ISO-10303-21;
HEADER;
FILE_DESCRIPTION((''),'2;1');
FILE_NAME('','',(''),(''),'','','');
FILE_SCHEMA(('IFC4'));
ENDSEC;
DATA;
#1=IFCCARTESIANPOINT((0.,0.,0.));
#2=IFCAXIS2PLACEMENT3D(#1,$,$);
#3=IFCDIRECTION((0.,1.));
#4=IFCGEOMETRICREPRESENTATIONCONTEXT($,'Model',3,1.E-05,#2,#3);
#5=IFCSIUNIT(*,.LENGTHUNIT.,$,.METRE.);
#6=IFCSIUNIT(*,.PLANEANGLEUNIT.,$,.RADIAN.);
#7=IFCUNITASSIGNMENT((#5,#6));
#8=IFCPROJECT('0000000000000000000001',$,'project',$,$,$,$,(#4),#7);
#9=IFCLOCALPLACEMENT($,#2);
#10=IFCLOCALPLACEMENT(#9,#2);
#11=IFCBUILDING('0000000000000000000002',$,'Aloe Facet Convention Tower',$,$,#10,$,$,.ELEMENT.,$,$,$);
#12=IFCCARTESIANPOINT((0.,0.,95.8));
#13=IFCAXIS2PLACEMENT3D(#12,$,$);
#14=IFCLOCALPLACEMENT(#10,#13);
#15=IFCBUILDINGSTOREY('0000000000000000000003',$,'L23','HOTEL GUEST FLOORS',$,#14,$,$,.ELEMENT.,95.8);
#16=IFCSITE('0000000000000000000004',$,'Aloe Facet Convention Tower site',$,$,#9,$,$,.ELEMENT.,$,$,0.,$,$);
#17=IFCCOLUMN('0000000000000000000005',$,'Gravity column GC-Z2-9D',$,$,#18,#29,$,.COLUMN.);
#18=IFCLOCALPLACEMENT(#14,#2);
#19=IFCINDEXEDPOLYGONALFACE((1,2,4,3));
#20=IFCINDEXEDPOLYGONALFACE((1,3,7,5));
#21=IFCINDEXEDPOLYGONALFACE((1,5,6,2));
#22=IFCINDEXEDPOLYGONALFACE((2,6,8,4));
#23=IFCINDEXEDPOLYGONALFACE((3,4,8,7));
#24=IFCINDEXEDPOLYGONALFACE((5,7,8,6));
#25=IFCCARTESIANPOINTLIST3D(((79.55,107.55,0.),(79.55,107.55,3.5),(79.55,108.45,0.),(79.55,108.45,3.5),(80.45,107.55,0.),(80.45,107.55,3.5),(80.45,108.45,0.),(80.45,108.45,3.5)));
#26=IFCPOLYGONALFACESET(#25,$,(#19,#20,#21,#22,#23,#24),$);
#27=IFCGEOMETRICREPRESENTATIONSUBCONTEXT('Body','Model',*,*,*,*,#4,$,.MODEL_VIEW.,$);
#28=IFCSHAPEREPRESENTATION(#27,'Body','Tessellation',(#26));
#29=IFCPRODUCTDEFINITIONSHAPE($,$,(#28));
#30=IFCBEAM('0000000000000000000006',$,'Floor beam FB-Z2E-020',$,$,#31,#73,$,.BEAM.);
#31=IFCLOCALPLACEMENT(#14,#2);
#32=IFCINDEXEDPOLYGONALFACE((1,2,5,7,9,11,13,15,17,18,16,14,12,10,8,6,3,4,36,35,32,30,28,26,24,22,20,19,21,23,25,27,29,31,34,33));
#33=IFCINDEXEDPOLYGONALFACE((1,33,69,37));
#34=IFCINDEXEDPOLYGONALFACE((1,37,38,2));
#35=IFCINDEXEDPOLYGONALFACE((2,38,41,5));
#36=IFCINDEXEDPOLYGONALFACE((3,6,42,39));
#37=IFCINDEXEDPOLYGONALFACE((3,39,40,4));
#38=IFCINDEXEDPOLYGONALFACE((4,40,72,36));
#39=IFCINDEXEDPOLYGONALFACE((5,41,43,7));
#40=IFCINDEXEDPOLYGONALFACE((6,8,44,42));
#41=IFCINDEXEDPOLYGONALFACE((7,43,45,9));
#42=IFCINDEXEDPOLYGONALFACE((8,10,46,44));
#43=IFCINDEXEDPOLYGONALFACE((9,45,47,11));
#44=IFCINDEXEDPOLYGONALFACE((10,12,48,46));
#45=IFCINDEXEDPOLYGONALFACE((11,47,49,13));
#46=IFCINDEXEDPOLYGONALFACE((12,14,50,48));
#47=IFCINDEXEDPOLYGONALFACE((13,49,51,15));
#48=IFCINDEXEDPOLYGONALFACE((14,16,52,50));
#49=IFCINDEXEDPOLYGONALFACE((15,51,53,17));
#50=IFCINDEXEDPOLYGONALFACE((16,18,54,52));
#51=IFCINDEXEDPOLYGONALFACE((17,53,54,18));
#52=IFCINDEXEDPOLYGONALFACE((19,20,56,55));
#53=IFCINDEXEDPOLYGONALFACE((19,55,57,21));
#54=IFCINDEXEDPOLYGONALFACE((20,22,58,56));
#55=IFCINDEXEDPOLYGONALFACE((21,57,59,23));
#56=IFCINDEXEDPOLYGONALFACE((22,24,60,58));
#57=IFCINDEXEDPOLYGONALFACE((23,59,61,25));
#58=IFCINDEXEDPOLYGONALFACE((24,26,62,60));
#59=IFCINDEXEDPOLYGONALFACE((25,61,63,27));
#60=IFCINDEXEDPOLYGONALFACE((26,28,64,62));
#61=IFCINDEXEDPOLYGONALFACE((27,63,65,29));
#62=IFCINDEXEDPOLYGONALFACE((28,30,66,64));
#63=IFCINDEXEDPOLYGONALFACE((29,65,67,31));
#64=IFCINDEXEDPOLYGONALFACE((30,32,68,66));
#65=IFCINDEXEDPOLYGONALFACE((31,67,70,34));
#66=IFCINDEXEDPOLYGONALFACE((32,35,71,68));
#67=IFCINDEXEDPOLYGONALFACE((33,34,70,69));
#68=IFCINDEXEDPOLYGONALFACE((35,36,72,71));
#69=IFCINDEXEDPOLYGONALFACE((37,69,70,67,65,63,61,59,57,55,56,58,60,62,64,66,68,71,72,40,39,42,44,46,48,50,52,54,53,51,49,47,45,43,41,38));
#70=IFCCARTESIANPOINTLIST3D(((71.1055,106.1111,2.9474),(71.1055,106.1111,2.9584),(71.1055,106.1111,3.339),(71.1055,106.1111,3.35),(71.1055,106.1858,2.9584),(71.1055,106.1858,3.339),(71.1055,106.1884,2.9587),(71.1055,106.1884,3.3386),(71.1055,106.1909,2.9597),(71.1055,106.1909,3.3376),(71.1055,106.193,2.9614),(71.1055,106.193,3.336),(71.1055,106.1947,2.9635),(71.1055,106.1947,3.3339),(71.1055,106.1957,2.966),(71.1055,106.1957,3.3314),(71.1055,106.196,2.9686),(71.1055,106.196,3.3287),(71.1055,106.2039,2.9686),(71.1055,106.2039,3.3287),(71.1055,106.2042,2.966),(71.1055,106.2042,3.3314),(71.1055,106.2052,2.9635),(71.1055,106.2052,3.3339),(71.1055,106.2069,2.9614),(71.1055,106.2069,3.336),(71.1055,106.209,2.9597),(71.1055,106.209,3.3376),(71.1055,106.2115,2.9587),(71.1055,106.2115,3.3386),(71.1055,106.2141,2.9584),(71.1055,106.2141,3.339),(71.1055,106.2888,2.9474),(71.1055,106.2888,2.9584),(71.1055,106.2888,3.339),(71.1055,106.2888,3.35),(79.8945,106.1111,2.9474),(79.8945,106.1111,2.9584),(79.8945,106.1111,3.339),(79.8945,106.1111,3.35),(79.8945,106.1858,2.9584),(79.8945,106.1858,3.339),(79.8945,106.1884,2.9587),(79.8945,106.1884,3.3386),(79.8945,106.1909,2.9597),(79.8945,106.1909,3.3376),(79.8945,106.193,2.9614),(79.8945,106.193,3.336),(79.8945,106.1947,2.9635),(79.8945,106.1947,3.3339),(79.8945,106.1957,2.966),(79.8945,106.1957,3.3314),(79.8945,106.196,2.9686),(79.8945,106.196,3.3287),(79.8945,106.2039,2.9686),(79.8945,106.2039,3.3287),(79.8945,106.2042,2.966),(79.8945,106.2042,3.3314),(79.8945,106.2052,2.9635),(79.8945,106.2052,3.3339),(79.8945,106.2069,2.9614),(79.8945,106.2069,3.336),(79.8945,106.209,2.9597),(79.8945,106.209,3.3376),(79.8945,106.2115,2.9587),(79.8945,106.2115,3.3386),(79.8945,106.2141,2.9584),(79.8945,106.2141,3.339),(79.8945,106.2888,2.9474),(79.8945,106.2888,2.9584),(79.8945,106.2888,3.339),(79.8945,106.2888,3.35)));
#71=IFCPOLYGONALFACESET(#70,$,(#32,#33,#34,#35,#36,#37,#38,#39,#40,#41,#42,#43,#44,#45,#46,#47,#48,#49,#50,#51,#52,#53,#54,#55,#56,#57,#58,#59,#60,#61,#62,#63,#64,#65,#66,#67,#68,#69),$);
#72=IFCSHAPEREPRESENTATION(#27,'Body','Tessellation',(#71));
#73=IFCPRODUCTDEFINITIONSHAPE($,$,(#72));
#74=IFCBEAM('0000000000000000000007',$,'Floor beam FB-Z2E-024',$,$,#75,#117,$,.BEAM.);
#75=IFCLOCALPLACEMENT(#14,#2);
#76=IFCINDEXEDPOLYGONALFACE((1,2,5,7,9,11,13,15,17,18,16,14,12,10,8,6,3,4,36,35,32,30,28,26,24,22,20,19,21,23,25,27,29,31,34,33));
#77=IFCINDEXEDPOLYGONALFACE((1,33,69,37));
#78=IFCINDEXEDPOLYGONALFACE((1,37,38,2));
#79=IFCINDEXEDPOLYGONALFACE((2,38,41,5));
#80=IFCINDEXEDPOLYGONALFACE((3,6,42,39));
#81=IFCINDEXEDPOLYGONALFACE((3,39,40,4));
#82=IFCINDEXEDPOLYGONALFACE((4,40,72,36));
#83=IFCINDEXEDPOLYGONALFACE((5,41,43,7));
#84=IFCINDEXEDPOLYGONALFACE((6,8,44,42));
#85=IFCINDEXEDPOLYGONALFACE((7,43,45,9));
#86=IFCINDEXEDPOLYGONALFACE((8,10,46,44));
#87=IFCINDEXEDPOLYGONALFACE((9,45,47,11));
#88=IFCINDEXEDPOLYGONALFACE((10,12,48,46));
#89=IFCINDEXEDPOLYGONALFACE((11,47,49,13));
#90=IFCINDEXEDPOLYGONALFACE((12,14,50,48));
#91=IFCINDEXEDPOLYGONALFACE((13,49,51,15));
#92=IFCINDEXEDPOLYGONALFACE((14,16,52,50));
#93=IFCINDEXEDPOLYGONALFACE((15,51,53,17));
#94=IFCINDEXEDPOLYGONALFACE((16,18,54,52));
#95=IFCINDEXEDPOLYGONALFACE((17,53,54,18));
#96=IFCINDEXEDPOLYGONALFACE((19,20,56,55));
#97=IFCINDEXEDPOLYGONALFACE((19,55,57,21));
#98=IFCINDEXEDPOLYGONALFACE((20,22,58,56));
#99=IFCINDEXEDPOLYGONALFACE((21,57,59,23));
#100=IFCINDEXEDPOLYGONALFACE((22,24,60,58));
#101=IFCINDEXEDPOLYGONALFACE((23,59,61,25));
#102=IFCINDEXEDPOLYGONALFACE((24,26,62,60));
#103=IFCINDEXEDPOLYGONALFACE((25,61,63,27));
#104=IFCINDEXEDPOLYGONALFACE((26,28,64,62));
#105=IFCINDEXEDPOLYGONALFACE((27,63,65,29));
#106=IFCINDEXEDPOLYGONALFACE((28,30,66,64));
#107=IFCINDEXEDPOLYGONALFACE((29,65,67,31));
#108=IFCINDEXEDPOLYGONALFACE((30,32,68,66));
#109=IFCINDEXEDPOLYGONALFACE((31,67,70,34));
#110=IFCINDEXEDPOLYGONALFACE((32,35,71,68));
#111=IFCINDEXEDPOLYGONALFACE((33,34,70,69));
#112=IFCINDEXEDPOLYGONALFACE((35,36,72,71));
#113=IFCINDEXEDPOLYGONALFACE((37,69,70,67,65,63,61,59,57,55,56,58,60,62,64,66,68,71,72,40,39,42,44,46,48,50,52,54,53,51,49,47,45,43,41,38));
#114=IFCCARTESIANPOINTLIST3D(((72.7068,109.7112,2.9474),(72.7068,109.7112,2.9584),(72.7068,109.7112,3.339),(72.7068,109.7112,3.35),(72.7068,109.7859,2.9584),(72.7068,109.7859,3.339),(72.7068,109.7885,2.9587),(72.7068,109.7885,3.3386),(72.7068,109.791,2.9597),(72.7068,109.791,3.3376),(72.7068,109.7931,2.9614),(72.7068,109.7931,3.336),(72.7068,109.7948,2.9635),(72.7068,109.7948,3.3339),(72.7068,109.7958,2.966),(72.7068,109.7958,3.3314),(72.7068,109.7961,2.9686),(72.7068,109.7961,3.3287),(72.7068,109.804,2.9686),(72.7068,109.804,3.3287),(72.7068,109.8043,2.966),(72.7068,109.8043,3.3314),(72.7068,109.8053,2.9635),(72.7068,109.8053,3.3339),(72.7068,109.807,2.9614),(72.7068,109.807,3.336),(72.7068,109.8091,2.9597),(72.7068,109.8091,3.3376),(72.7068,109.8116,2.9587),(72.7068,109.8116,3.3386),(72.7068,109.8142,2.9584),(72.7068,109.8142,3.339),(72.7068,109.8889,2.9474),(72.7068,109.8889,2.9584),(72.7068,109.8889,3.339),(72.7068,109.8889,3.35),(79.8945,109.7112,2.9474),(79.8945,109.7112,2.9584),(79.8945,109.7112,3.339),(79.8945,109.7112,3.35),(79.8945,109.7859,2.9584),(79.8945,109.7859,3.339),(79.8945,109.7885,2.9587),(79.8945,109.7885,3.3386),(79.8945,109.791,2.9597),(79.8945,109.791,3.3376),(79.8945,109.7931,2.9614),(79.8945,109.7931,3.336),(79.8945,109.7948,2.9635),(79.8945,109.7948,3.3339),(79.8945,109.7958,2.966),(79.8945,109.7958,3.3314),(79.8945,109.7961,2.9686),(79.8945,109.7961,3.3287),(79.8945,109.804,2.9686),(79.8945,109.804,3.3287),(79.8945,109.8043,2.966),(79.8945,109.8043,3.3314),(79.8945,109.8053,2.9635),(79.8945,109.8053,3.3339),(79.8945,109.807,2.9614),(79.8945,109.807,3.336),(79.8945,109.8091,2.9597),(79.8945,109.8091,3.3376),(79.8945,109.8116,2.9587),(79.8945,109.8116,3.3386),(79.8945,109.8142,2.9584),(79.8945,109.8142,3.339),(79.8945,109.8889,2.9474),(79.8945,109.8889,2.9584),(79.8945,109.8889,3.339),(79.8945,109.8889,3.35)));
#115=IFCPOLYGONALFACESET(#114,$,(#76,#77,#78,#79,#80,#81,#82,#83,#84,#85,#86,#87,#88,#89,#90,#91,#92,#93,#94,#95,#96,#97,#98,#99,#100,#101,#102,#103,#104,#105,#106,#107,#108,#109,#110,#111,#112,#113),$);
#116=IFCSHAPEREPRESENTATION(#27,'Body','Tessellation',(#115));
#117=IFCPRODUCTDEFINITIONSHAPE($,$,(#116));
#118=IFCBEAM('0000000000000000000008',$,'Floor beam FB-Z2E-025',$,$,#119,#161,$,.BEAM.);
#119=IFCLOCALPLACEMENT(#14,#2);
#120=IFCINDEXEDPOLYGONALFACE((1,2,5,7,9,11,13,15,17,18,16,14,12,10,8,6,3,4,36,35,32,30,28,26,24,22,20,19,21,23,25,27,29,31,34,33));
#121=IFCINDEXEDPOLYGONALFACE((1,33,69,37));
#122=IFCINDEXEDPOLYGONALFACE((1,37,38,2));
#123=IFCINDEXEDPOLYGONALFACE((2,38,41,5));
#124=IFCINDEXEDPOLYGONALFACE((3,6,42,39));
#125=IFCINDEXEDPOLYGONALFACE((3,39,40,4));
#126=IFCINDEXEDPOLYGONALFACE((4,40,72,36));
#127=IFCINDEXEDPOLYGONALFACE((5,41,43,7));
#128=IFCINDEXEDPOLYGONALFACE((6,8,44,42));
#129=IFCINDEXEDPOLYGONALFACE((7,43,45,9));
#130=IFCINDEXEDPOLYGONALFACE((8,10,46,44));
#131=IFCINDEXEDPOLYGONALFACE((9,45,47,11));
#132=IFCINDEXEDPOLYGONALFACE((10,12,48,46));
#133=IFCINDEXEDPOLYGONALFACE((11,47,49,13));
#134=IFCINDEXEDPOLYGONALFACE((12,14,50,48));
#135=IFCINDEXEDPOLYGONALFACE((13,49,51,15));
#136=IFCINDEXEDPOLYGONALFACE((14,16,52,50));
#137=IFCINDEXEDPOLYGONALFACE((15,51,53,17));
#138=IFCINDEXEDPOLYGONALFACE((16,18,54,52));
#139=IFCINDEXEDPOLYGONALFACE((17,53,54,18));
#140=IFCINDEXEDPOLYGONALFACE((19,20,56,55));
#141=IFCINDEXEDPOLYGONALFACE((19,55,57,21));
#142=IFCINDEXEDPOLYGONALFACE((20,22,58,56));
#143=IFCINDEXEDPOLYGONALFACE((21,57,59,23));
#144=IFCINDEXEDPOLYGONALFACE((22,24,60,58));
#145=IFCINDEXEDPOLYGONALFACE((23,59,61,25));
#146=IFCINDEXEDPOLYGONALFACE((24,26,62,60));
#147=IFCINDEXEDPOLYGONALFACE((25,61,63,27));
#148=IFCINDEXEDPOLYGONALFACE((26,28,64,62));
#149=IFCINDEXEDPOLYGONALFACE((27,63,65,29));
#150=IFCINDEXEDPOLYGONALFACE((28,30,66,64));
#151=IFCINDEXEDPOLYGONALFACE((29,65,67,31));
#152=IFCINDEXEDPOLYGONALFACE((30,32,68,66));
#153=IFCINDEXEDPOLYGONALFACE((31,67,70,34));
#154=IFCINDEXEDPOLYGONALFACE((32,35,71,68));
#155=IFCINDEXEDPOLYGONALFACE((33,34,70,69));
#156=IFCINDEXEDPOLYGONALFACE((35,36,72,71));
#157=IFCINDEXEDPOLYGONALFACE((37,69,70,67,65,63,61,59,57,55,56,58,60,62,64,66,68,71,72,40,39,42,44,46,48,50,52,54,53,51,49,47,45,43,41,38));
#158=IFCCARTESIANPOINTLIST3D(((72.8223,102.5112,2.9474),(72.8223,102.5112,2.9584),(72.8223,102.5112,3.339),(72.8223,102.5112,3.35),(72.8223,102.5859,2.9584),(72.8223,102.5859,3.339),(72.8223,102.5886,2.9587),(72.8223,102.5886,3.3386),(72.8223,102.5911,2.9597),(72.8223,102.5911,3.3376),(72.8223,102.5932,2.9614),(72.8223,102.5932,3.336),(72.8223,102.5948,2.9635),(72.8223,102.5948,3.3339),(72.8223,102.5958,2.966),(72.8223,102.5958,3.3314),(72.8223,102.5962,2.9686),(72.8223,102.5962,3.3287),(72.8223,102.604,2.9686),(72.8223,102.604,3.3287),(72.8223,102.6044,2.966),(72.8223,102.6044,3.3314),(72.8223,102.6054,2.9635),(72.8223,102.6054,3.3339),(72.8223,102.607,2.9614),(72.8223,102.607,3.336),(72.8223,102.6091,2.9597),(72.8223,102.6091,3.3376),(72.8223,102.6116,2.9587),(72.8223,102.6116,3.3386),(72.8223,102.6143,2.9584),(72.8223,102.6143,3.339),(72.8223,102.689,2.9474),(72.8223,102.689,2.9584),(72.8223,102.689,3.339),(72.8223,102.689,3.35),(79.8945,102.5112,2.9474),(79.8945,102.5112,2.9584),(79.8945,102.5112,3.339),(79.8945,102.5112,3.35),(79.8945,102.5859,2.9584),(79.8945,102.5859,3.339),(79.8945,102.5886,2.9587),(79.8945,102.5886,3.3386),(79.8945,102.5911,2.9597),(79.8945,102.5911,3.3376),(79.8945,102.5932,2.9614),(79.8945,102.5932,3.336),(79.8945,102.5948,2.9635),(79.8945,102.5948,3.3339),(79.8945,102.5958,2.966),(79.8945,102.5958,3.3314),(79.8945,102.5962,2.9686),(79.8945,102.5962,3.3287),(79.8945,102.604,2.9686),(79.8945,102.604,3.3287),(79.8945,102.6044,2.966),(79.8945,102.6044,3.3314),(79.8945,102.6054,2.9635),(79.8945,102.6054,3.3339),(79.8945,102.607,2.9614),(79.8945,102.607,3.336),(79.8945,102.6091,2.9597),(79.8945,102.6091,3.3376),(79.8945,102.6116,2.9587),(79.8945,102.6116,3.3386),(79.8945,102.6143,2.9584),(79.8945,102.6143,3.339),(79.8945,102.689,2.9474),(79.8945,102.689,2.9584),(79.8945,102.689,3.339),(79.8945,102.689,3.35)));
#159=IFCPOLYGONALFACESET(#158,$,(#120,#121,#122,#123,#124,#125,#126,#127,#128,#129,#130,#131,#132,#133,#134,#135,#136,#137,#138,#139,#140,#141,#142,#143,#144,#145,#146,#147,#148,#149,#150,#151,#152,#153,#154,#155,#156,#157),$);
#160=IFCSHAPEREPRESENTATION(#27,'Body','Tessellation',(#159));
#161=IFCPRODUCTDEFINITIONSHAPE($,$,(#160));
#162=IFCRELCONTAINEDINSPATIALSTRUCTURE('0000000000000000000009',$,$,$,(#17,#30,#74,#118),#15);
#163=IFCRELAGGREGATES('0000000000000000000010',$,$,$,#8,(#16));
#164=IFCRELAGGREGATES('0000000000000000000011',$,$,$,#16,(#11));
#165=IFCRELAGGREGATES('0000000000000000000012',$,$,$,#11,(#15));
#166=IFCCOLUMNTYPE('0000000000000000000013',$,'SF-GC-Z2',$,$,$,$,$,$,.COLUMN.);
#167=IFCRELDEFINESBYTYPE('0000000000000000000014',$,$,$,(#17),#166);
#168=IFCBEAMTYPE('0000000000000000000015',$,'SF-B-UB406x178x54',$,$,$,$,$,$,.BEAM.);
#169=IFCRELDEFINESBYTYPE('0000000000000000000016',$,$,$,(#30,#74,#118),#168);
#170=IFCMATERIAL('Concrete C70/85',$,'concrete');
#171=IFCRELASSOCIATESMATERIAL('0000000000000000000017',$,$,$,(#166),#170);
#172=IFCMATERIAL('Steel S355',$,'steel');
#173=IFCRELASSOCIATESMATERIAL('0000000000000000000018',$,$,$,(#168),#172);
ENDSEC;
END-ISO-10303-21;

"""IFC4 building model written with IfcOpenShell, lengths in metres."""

from ifc_helpers import new_model, si_unit, direction, frame, origin, origin_2d, place, context, subcontext, project, spatial, rectangle, i_section, extrude, material, material_profile, profile_set, type_object, element, save


model = new_model("IFC4")

# Units and contexts
model_context = context("Model", 3, precision=1e-05, world=origin(), true_north=direction((0.0, 1.0)))
body_context = subcontext(model_context, "Body", "Model", "MODEL_VIEW")
ifc_project = project(units=[si_unit("LENGTHUNIT", "METRE"), si_unit("PLANEANGLEUNIT", "RADIAN")], contexts=[model_context])

# Site, building, storey
site_placement = place(None, origin())
site = spatial("IfcSite", under=ifc_project, at=site_placement, Name="Aloe Facet Convention Tower site", CompositionType="ELEMENT", RefElevation=0.0)
building_placement = place(site_placement, origin())
building = spatial("IfcBuilding", under=site, at=building_placement, Name="Aloe Facet Convention Tower", CompositionType="ELEMENT")
storey_placement = place(building_placement, frame((0.0, 0.0, 95.8)))
storey = spatial("IfcBuildingStorey", under=building, at=storey_placement, Name="L23", Description="HOTEL GUEST FLOORS", CompositionType="ELEMENT", Elevation=95.8)

# Column
ifc_material_1 = material(Name="Concrete C70/85", Category="concrete")
ifc_material_profile_1 = material_profile(ifc_material_1, rectangle(XDim=0.8999, YDim=0.8999, at=origin_2d()), Name="SF-GC-Z2")
ifc_profile_set_1 = profile_set([ifc_material_profile_1], Name="Concrete C70/85")
column_type = type_object("IfcColumnType", Name="SF-GC-Z2", PredefinedType="COLUMN", material=ifc_profile_set_1)
column_placement = place(storey_placement, frame((80.0, 108.0, 0.0), z_axis=(0.0, 0.0, 1.0), x_axis=(1.0, 0.0, 0.0)))
element("IfcColumn", 1, at=column_placement, inside=storey, type_object=column_type, Name="Gravity column GC-Z2-9D", PredefinedType="COLUMN", context=body_context, shape_type="SweptSolid", body=[
    extrude(rectangle(XDim=0.8999, YDim=0.8999, at=origin_2d()), origin(), (0.0, 0.0, 1.0), 3.5),
])

# Beams
ifc_material_2 = material(Name="Steel S355", Category="steel")
ifc_material_profile_2 = material_profile(ifc_material_2, i_section(OverallWidth=0.1777, OverallDepth=0.4026, WebThickness=0.0078, FlangeThickness=0.011, FilletRadius=0.0103, at=origin_2d()), Name="UB 406x178x54")
ifc_profile_set_2 = profile_set([ifc_material_profile_2], Name="Steel S355")
beam_type_1 = type_object("IfcBeamType", Name="SF-B-UB406x178x54", PredefinedType="BEAM", material=ifc_profile_set_2)
beam_1_placement = place(storey_placement, frame((71.1055, 106.2, 3.1487), z_axis=(1.0, 0.0, 0.0), x_axis=(0.0, 1.0, 0.0)))
element("IfcBeam", 2, at=beam_1_placement, inside=storey, type_object=beam_type_1, Name="Floor beam FB-Z2E-020", PredefinedType="BEAM", context=body_context, shape_type="SweptSolid", body=[
    extrude(i_section(OverallWidth=0.1777, OverallDepth=0.4026, WebThickness=0.0078, FlangeThickness=0.011, FilletRadius=0.0103, at=origin_2d()), origin(), (0.0, 0.0, 1.0), 8.7891),
])
beam_2_placement = place(storey_placement, frame((72.7068, 109.8, 3.1487), z_axis=(1.0, 0.0, 0.0), x_axis=(0.0, 1.0, 0.0)))
element("IfcBeam", 3, at=beam_2_placement, inside=storey, type_object=beam_type_1, Name="Floor beam FB-Z2E-024", PredefinedType="BEAM", context=body_context, shape_type="SweptSolid", body=[
    extrude(i_section(OverallWidth=0.1777, OverallDepth=0.4026, WebThickness=0.0078, FlangeThickness=0.011, FilletRadius=0.0103, at=origin_2d()), origin(), (0.0, 0.0, 1.0), 7.1877),
])
beam_3_placement = place(storey_placement, frame((72.8223, 102.6001, 3.1487), z_axis=(1.0, 0.0, 0.0), x_axis=(0.0, 1.0, 0.0)))
element("IfcBeam", 4, at=beam_3_placement, inside=storey, type_object=beam_type_1, Name="Floor beam FB-Z2E-025", PredefinedType="BEAM", context=body_context, shape_type="SweptSolid", body=[
    extrude(i_section(OverallWidth=0.1777, OverallDepth=0.4026, WebThickness=0.0078, FlangeThickness=0.011, FilletRadius=0.0103, at=origin_2d()), origin(), (0.0, 0.0, 1.0), 7.0723),
])

save(model, "model.ifc")
